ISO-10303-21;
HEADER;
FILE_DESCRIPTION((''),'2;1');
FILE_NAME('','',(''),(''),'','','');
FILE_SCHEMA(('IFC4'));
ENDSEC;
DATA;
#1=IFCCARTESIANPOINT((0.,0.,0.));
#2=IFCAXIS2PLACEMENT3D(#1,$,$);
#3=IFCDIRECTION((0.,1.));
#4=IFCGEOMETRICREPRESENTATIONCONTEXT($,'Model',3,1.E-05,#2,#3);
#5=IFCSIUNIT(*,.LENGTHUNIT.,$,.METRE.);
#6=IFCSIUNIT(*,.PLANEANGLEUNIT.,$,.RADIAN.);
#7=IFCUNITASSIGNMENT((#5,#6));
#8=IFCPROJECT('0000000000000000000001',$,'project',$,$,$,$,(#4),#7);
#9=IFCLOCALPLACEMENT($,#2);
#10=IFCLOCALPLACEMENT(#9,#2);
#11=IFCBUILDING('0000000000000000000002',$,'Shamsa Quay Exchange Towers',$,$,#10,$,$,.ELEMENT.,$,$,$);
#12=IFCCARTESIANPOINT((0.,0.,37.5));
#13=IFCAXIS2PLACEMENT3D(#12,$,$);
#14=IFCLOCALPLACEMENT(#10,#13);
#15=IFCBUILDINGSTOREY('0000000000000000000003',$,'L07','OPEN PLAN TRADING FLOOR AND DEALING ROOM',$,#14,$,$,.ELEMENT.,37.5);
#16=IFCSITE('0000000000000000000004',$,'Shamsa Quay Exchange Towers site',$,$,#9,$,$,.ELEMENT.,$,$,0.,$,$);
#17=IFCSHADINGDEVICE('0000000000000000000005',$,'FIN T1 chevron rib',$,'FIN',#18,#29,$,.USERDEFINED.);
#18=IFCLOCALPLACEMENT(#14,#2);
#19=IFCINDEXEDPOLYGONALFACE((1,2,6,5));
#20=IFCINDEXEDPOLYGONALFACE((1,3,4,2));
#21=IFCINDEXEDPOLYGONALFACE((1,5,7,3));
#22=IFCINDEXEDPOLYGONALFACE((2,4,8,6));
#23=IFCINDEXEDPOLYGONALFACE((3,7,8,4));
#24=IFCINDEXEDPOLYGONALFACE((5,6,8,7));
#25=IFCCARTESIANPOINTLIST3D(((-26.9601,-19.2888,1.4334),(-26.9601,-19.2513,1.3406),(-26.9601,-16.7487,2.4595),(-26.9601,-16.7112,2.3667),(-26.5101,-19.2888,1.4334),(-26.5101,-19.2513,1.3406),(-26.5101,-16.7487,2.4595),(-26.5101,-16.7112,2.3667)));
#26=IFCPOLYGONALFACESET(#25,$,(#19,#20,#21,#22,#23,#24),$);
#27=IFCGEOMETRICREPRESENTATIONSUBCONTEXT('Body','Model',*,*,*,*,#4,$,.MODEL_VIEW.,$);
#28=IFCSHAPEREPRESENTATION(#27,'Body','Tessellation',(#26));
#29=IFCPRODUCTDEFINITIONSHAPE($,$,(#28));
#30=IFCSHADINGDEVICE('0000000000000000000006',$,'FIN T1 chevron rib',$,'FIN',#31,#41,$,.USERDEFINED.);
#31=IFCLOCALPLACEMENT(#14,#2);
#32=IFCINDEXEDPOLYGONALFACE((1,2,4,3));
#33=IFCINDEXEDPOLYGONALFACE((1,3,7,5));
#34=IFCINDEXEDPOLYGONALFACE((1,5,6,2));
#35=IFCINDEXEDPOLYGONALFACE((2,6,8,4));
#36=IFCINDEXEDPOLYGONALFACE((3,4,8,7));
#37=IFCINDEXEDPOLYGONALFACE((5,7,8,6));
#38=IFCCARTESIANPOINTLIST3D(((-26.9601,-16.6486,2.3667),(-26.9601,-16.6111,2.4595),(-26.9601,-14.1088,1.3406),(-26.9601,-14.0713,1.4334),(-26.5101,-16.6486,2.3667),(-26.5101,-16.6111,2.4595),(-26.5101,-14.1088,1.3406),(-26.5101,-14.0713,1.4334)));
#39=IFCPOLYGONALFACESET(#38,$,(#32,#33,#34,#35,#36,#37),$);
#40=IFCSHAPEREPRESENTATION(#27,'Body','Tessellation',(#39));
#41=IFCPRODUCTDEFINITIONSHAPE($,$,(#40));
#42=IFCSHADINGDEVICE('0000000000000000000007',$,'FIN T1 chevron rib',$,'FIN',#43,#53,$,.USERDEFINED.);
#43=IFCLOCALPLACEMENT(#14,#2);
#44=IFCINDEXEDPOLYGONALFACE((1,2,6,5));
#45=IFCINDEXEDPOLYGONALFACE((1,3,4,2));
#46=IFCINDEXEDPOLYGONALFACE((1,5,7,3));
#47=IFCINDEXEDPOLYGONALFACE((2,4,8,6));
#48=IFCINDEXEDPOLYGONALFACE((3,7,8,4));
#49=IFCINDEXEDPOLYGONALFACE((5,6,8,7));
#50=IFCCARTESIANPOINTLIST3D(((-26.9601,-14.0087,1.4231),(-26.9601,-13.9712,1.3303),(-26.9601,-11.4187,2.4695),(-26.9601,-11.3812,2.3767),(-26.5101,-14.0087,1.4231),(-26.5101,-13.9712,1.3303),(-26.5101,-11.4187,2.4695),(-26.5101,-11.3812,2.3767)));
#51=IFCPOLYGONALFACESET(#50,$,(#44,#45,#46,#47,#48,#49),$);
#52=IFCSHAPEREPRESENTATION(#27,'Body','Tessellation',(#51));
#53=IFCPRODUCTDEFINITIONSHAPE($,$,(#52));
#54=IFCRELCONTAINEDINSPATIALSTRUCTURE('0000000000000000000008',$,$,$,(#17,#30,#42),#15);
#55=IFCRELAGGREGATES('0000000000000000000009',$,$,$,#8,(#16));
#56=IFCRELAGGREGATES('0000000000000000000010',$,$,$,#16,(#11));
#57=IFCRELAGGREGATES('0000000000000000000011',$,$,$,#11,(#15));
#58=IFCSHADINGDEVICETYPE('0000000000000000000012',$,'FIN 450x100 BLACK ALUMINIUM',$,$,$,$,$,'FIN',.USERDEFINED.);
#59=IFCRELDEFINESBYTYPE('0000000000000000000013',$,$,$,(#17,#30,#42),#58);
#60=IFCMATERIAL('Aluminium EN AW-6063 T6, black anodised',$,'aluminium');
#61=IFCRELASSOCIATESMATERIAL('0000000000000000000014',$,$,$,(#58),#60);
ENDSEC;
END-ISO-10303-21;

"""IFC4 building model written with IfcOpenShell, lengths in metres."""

from ifc_helpers import new_model, si_unit, direction, frame, origin, origin_2d, place, context, subcontext, project, spatial, rectangle, extrude, material, material_profile, profile_set, type_object, element, save


model = new_model("IFC4")

# Units and contexts
model_context = context("Model", 3, precision=1e-05, world=origin(), true_north=direction((0.0, 1.0)))
body_context = subcontext(model_context, "Body", "Model", "MODEL_VIEW")
ifc_project = project(units=[si_unit("LENGTHUNIT", "METRE"), si_unit("PLANEANGLEUNIT", "RADIAN")], contexts=[model_context])

# Site, building, storey
site_placement = place(None, origin())
site = spatial("IfcSite", under=ifc_project, at=site_placement, Name="Shamsa Quay Exchange Towers site", CompositionType="ELEMENT", RefElevation=0.0)
building_placement = place(site_placement, origin())
building = spatial("IfcBuilding", under=site, at=building_placement, Name="Shamsa Quay Exchange Towers", CompositionType="ELEMENT")
storey_placement = place(building_placement, frame((0.0, 0.0, 37.5)))
storey = spatial("IfcBuildingStorey", under=building, at=storey_placement, Name="L07", Description="OPEN PLAN TRADING FLOOR AND DEALING ROOM", CompositionType="ELEMENT", Elevation=37.5)

# Shared definitions
ifc_material_1 = material(Name="Aluminium EN AW-6063 T6, black anodised", Category="aluminium")

# Shading devices
ifc_material_profile_1 = material_profile(ifc_material_1, rectangle(XDim=0.45, YDim=0.1001, at=origin_2d()), Name="FIN450x100")
ifc_profile_set_1 = profile_set([ifc_material_profile_1], Name="Aluminium EN AW-6063 T6, black anodised")
shading_device_type = type_object("IfcShadingDeviceType", Name="FIN 450x100 BLACK ALUMINIUM", ElementType="FIN", PredefinedType="USERDEFINED", material=ifc_profile_set_1)
shading_device_1_placement = place(storey_placement, frame((-26.7351, -19.27, 1.387), z_axis=(0.0, 0.927199, 0.374569), x_axis=(-1.0, 0.0, 0.0)))
element("IfcShadingDevice", 1, at=shading_device_1_placement, inside=storey, type_object=shading_device_type, Name="FIN T1 chevron rib", ObjectType="FIN", PredefinedType="USERDEFINED", context=body_context, shape_type="SweptSolid", body=[
    extrude(rectangle(XDim=0.45, YDim=0.1001, at=origin_2d()), origin(), (0.0, 0.0, 1.0), 2.7395),
])
shading_device_2_placement = place(storey_placement, frame((-26.7351, -16.6299, 2.4131), z_axis=(0.0, 0.927186, -0.3746), x_axis=(-1.0, 0.0, 0.0)))
element("IfcShadingDevice", 2, at=shading_device_2_placement, inside=storey, type_object=shading_device_type, Name="FIN T1 chevron rib", ObjectType="FIN", PredefinedType="USERDEFINED", context=body_context, shape_type="SweptSolid", body=[
    extrude(rectangle(XDim=0.45, YDim=0.1001, at=origin_2d()), origin(), (0.0, 0.0, 1.0), 2.7393),
])
shading_device_3_placement = place(storey_placement, frame((-26.7351, -13.99, 1.3767), z_axis=(0.0, 0.927193, 0.374583), x_axis=(-1.0, 0.0, 0.0)))
element("IfcShadingDevice", 3, at=shading_device_3_placement, inside=storey, type_object=shading_device_type, Name="FIN T1 chevron rib", ObjectType="FIN", PredefinedType="USERDEFINED", context=body_context, shape_type="SweptSolid", body=[
    extrude(rectangle(XDim=0.45, YDim=0.1001, at=origin_2d()), origin(), (0.0, 0.0, 1.0), 2.7935),
])

save(model, "model.ifc")
